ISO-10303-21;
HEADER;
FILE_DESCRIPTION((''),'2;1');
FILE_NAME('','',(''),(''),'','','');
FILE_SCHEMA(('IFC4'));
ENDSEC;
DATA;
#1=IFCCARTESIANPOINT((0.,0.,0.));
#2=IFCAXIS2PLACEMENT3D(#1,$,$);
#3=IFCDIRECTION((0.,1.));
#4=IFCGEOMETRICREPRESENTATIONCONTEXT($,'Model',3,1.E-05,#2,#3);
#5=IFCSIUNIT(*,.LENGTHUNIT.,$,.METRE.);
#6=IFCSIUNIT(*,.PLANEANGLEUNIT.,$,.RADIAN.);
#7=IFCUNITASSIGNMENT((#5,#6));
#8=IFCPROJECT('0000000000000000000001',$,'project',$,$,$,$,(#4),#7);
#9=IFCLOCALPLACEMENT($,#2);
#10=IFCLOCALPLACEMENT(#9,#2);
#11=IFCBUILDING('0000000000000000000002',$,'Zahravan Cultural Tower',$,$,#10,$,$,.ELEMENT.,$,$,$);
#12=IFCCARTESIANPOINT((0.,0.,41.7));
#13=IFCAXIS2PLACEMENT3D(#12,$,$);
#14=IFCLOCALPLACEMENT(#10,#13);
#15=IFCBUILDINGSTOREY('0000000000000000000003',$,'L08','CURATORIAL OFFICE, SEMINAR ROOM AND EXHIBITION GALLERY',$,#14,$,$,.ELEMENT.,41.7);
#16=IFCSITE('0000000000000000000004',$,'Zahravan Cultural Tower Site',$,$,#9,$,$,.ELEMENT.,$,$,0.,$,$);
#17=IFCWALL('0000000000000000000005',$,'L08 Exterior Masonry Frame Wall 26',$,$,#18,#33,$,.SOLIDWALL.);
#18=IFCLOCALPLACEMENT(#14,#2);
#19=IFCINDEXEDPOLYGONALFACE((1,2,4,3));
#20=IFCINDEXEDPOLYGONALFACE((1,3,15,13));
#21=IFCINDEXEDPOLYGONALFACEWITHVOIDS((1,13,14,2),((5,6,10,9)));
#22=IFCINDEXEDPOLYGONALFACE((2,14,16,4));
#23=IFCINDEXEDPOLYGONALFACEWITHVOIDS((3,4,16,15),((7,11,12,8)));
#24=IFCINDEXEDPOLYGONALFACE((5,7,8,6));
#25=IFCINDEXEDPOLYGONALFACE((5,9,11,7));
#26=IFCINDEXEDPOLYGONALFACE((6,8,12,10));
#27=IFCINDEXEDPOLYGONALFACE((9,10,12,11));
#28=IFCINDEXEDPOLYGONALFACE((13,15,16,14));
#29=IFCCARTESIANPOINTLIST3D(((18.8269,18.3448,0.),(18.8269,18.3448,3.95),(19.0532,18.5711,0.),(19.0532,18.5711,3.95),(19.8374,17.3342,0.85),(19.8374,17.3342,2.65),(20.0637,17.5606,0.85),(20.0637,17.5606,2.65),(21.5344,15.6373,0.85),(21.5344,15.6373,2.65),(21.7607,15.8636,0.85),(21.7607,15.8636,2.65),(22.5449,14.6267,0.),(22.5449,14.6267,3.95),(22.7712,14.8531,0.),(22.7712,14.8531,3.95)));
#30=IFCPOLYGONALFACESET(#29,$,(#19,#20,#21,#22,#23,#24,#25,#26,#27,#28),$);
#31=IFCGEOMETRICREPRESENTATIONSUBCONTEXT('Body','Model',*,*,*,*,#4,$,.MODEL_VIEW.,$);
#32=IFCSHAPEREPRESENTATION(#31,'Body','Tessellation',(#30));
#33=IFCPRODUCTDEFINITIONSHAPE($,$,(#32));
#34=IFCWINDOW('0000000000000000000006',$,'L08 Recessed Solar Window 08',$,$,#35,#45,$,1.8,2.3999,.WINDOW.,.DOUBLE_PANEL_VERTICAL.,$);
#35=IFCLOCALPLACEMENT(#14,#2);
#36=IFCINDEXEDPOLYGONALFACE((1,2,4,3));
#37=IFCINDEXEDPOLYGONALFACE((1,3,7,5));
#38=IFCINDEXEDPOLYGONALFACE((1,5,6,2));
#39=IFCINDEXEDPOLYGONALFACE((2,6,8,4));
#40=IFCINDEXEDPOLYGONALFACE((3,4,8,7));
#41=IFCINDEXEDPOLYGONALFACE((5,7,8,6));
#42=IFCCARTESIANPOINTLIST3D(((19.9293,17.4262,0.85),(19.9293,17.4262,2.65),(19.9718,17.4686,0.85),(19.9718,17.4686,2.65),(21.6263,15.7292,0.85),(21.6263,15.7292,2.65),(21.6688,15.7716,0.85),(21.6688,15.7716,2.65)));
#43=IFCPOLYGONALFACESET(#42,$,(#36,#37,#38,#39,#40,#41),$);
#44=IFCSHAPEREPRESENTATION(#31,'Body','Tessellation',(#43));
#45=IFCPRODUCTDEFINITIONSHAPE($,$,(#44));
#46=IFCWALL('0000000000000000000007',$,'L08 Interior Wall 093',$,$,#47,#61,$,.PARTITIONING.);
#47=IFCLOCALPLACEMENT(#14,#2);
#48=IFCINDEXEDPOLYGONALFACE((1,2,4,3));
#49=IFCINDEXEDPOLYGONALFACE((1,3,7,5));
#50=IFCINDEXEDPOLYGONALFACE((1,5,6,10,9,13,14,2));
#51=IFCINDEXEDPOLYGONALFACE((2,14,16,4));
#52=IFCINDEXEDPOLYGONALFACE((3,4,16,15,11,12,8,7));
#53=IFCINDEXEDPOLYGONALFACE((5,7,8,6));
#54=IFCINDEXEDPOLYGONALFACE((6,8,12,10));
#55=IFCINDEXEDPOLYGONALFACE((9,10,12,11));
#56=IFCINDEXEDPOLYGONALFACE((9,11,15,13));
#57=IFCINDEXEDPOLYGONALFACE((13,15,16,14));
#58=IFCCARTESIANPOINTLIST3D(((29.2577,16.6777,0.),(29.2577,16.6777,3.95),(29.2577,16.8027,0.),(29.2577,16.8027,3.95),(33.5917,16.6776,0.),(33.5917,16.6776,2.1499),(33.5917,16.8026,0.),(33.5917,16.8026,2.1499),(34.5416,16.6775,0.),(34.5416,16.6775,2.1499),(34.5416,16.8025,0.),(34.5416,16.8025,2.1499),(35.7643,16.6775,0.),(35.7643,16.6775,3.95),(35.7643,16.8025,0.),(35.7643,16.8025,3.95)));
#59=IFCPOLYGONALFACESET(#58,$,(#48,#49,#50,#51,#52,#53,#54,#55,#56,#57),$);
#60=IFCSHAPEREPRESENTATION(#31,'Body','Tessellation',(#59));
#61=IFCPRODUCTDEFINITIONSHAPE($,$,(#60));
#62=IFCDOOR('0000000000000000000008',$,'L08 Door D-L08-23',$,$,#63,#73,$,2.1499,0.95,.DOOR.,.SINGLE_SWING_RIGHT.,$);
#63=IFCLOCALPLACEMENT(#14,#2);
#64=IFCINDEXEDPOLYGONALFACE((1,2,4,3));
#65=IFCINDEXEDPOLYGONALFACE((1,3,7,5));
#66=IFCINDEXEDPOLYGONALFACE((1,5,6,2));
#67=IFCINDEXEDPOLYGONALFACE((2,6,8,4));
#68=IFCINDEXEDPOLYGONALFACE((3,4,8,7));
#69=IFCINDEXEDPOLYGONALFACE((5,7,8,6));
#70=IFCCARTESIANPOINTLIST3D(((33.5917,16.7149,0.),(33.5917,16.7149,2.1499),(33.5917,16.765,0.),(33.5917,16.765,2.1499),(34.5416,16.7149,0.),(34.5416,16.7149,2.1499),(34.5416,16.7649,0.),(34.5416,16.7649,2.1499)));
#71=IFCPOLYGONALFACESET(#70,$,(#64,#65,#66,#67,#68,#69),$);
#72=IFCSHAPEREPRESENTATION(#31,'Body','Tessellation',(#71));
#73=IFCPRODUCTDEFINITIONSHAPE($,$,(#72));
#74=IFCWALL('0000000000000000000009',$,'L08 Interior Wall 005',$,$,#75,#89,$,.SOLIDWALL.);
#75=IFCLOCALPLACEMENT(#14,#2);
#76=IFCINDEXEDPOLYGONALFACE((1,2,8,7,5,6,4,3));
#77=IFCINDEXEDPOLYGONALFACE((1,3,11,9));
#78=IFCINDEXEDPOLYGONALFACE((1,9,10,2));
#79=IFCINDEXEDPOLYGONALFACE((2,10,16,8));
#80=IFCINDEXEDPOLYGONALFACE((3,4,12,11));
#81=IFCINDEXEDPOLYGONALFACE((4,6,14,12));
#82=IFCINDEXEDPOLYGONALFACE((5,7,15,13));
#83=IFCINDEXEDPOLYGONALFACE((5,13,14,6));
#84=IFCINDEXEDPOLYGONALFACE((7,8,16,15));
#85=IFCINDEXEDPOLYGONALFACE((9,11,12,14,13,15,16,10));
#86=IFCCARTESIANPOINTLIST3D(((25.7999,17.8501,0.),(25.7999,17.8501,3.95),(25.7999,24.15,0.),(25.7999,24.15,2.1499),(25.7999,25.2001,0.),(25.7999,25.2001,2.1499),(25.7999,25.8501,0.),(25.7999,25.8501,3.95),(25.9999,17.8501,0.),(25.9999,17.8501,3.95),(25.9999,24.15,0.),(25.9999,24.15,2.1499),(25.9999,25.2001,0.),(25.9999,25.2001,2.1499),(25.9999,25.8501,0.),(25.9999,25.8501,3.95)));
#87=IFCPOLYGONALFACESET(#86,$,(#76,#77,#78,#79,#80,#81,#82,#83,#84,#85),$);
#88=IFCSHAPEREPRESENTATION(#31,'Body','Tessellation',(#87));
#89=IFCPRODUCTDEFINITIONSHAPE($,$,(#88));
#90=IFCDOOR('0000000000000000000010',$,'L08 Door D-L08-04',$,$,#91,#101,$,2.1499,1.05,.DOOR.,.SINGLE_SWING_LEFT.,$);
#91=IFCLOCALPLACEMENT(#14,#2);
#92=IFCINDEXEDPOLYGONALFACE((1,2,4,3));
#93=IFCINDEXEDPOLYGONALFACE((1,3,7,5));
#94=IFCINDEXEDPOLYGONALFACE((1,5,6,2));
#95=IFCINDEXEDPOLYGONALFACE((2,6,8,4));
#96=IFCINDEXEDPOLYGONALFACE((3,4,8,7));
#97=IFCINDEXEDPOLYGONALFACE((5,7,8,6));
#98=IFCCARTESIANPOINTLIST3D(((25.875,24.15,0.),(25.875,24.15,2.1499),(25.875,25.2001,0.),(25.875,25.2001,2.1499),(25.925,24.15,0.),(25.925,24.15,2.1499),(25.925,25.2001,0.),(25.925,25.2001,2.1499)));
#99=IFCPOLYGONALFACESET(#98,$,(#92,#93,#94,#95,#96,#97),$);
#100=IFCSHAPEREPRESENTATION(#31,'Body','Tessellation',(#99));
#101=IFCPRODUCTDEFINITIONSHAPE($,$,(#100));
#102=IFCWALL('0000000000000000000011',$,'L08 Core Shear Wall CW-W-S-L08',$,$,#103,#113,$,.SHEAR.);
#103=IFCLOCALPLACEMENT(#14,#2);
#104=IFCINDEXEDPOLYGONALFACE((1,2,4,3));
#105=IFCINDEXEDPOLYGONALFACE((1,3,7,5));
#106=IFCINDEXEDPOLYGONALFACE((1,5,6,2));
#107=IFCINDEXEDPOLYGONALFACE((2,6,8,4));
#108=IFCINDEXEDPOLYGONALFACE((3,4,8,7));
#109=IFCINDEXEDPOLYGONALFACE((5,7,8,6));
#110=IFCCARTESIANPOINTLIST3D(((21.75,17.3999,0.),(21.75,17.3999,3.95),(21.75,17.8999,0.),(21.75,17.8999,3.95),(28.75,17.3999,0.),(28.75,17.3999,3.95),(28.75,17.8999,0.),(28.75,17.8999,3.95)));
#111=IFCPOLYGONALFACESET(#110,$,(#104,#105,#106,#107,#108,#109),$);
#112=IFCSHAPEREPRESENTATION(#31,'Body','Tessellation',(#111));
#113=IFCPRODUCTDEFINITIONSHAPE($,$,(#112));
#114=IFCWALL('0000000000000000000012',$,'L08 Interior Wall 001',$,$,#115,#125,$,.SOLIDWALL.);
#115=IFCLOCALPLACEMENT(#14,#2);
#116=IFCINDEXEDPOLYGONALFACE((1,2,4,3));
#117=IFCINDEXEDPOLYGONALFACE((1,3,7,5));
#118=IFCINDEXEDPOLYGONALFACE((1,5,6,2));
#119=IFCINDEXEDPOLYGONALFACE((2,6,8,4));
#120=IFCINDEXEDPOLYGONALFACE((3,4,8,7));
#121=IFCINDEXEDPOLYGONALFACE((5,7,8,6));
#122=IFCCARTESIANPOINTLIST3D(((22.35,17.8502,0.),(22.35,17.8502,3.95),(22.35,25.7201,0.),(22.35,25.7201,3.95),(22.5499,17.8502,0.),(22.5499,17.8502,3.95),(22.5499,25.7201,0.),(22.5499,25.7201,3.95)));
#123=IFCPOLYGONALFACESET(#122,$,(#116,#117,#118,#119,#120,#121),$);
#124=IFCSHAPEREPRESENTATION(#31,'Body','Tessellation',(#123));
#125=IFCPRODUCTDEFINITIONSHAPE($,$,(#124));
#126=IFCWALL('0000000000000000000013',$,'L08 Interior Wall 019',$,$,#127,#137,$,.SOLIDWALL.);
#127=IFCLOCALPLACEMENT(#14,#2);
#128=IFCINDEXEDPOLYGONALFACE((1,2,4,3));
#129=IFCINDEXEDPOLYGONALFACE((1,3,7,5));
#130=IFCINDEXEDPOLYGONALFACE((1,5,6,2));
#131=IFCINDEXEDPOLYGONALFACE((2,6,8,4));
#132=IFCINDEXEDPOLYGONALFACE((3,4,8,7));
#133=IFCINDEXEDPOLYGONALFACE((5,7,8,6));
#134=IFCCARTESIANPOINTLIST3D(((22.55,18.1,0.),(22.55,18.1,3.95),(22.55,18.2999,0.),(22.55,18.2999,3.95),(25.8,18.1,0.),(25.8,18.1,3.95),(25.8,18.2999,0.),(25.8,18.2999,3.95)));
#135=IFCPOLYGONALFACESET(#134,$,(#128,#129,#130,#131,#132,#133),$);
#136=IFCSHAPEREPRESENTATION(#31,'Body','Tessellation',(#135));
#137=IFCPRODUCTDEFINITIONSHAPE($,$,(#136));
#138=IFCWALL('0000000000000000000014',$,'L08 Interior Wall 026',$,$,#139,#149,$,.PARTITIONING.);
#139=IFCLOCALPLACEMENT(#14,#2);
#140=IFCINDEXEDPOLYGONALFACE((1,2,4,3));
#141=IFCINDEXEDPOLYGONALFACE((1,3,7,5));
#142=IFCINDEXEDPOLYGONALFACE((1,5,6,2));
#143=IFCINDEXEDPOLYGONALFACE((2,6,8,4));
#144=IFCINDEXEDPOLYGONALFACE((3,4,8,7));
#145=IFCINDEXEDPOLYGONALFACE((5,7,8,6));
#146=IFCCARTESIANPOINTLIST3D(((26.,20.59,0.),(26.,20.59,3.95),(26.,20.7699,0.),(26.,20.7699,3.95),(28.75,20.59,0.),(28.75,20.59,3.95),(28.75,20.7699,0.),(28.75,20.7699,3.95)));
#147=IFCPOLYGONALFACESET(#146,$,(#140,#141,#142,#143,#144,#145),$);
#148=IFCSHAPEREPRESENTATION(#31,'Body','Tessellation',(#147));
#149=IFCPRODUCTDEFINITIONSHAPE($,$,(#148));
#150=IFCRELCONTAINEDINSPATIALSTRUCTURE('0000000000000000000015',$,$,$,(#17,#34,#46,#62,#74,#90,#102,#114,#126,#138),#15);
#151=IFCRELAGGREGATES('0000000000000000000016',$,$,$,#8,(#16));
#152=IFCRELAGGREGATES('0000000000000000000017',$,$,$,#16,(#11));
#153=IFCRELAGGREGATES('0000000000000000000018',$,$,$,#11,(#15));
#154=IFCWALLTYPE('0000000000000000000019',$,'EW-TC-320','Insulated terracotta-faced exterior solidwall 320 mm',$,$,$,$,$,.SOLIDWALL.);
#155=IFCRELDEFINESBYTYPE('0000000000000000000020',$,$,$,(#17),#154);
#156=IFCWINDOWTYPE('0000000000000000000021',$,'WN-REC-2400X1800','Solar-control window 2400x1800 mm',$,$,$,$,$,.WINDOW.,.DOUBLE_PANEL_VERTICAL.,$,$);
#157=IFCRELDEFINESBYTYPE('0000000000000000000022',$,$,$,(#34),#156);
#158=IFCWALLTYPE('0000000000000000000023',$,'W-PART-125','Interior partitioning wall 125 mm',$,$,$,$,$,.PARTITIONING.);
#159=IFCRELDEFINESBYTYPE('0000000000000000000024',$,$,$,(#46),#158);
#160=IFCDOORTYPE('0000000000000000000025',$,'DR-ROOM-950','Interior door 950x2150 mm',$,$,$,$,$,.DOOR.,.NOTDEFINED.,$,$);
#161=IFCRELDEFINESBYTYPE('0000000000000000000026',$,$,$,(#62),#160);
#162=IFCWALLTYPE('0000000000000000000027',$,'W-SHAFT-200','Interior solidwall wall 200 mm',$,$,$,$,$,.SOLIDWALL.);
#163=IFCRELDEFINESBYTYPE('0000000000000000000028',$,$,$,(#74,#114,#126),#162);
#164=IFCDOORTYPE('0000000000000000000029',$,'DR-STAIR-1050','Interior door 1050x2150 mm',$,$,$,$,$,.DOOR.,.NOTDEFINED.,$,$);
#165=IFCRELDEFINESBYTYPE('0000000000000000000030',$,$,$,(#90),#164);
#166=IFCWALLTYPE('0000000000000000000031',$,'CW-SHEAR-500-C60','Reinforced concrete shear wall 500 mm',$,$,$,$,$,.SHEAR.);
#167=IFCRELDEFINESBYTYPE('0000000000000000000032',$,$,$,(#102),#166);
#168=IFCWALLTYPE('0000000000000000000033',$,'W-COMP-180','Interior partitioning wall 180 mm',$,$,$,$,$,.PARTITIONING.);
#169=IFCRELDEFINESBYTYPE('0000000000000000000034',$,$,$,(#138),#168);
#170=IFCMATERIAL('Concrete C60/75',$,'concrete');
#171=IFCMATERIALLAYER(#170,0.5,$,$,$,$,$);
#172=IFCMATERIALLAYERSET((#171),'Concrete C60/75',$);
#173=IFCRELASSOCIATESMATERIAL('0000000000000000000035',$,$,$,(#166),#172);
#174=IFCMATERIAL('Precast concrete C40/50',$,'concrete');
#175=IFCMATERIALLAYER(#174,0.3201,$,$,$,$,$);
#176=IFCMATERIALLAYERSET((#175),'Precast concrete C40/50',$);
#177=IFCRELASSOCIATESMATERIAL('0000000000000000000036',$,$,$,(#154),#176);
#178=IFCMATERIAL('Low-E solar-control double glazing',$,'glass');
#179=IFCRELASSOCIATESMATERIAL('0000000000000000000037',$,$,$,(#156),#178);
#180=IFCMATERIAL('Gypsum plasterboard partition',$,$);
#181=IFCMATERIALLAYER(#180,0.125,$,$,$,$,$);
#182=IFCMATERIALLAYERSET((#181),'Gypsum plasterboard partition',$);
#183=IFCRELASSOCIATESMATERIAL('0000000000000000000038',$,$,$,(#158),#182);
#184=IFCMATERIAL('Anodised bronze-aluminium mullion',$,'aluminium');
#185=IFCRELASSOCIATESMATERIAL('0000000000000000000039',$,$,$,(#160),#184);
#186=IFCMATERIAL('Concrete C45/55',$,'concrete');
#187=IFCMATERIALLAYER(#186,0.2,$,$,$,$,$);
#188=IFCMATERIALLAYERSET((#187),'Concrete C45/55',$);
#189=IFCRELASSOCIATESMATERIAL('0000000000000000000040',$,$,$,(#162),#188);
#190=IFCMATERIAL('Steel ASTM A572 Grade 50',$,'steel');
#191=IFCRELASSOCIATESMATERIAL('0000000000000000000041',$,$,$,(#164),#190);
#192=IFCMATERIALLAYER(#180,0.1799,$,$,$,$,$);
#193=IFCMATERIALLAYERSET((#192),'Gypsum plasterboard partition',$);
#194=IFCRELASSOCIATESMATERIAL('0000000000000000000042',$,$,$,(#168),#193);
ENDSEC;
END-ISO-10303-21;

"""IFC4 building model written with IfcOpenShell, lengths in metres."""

from ifc_helpers import new_model, si_unit, direction, frame, frame_2d, origin, place, context, subcontext, project, spatial, rectangle, extrude, source, transform, mapped, material, layer, layer_set, type_object, element, fill, save


model = new_model("IFC4")

# Units and contexts
model_context = context("Model", 3, precision=1e-05, world=origin(), true_north=direction((0.0, 1.0)))
body_context = subcontext(model_context, "Body", "Model", "MODEL_VIEW")
ifc_project = project(units=[si_unit("LENGTHUNIT", "METRE"), si_unit("PLANEANGLEUNIT", "RADIAN")], contexts=[model_context])

# Site, building, storey
site_placement = place(None, origin())
site = spatial("IfcSite", under=ifc_project, at=site_placement, Name="Zahravan Cultural Tower Site", CompositionType="ELEMENT", RefElevation=0.0)
building_placement = place(site_placement, origin())
building = spatial("IfcBuilding", under=site, at=building_placement, Name="Zahravan Cultural Tower", CompositionType="ELEMENT")
storey_placement = place(building_placement, frame((0.0, 0.0, 41.7)))
storey = spatial("IfcBuildingStorey", under=building, at=storey_placement, Name="L08", Description="CURATORIAL OFFICE, SEMINAR ROOM AND EXHIBITION GALLERY", CompositionType="ELEMENT", Elevation=41.7)

# Shared definitions
ifc_material_1 = material(Name="Concrete C60/75", Category="concrete")

# Shared definitions
ifc_material_2 = material(Name="Anodised bronze-aluminium mullion", Category="aluminium")
ifc_material_3 = material(Name="Low-E solar-control double glazing", Category="glass")

# Shared definitions
ifc_layer_1 = layer(ifc_material_1, 0.5)
ifc_layer_set_1 = layer_set([ifc_layer_1], Name="Concrete C60/75")
wall_type_1 = type_object("IfcWallType", Name="CW-SHEAR-500-C60", Description="Reinforced concrete shear wall 500 mm", PredefinedType="SHEAR", material=ifc_layer_set_1)
ifc_material_4 = material(Name="Steel ASTM A572 Grade 50", Category="steel")

# Wall, opening, window
ifc_material_5 = material(Name="Precast concrete C40/50", Category="concrete")
ifc_layer_2 = layer(ifc_material_5, 0.3201)
ifc_layer_set_2 = layer_set([ifc_layer_2], Name="Precast concrete C40/50")
wall_type_2 = type_object("IfcWallType", Name="EW-TC-320", Description="Insulated terracotta-faced exterior solidwall 320 mm", PredefinedType="SOLIDWALL", material=ifc_layer_set_2)
window_type = type_object("IfcWindowType", Name="WN-REC-2400X1800", Description="Solar-control window 2400x1800 mm", PartitioningType="DOUBLE_PANEL_VERTICAL", PredefinedType="WINDOW", material=ifc_material_3)
shared_shape_1 = source(origin(), body_context, "Body", "SweptSolid", [
    extrude(rectangle(XDim=2.3999, YDim=1.8, at=frame_2d((1.2, 0.8999))), frame((0.0, 0.03, 0.0), z_axis=(0.0, -1.0, 0.0), x_axis=(1.0, 0.0, 0.0)), (0.0, 0.0, 1.0), 0.0601),
])
wall_1_placement = place(storey_placement, frame((22.658, 14.74, 0.0), z_axis=(0.0, 0.0, 1.0), x_axis=(-0.707107, 0.707107, 0.0)))
wall_1 = element("IfcWall", 1, at=wall_1_placement, inside=storey, type_object=wall_type_2, Name="L08 Exterior Masonry Frame Wall 26", PredefinedType="SOLIDWALL", context=body_context, shape_type="SweptSolid", body=[
    extrude(rectangle(XDim=5.2581, YDim=0.3201, at=frame_2d((2.6289, 0.0))), origin(), (0.0, 0.0, 1.0), 3.95),
])
opening_1_placement = place(wall_1_placement, frame((1.429, 0.0, 0.8501)))
opening_1 = element("IfcOpeningElement", 2, at=opening_1_placement, cuts=wall_1, PredefinedType="OPENING", context=body_context, shape_type="SweptSolid", body=[
    extrude(rectangle(XDim=2.3999, YDim=1.8, at=frame_2d((1.2, 0.8999))), frame((0.0, 0.1699, 0.0), z_axis=(0.0, -1.0, 0.0), x_axis=(1.0, 0.0, 0.0)), (0.0, 0.0, 1.0), 0.3401),
])
window_1_placement = place(opening_1_placement, origin())
window_1 = element("IfcWindow", 3, at=window_1_placement, inside=storey, type_object=window_type, Name="L08 Recessed Solar Window 08", OverallHeight=1.8, OverallWidth=2.3999, PartitioningType="DOUBLE_PANEL_VERTICAL", PredefinedType="WINDOW", context=body_context, shape_type="MappedRepresentation", body=[
    mapped(shared_shape_1, transform((0.0, 0.0, 0.0), x_axis=(1.0, 0.0, 0.0), y_axis=(0.0, 1.0, 0.0), z_axis=(0.0, 0.0, 1.0), scale=1.0)),
])
fill(opening_1, window_1)

# Walls, openings, doors
ifc_material_6 = material(Name="Gypsum plasterboard partition")
ifc_layer_3 = layer(ifc_material_6, 0.125)
ifc_layer_set_3 = layer_set([ifc_layer_3], Name="Gypsum plasterboard partition")
wall_type_3 = type_object("IfcWallType", Name="W-PART-125", Description="Interior partitioning wall 125 mm", PredefinedType="PARTITIONING", material=ifc_layer_set_3)
wall_2_placement = place(storey_placement, frame((29.2576, 16.7402, 0.0), z_axis=(0.0, 0.0, 1.0), x_axis=(1.0, -0.000038, 0.0)))
wall_2 = element("IfcWall", 4, at=wall_2_placement, inside=storey, type_object=wall_type_3, Name="L08 Interior Wall 093", PredefinedType="PARTITIONING", context=body_context, shape_type="SweptSolid", body=[
    extrude(rectangle(XDim=6.5066, YDim=0.125, at=frame_2d((3.2534, 0.0))), origin(), (0.0, 0.0, 1.0), 3.95),
])
opening_2_placement = place(wall_2_placement, frame((4.334, 0.0, 0.0)))
opening_2 = element("IfcOpeningElement", 5, at=opening_2_placement, cuts=wall_2, PredefinedType="OPENING", context=body_context, shape_type="SweptSolid", body=[
    extrude(rectangle(XDim=0.95, YDim=2.1499, at=frame_2d((0.4751, 1.075))), frame((0.0, 0.0725, 0.0), z_axis=(0.0, -1.0, 0.0), x_axis=(1.0, 0.0, 0.0)), (0.0, 0.0, 1.0), 0.145),
])
door_type_1 = type_object("IfcDoorType", Name="DR-ROOM-950", Description="Interior door 950x2150 mm", OperationType="NOTDEFINED", PredefinedType="DOOR", material=ifc_material_2)
shared_shape_2 = source(origin(), body_context, "Body", "SweptSolid", [
    extrude(rectangle(XDim=0.95, YDim=2.1499, at=frame_2d((0.4751, 1.075))), frame((0.0, 0.0249, 0.0), z_axis=(0.0, -1.0, 0.0), x_axis=(1.0, 0.0, 0.0)), (0.0, 0.0, 1.0), 0.05),
])
door_1_placement = place(opening_2_placement, origin())
door_1 = element("IfcDoor", 6, at=door_1_placement, inside=storey, type_object=door_type_1, Name="L08 Door D-L08-23", OperationType="SINGLE_SWING_RIGHT", OverallHeight=2.1499, OverallWidth=0.95, PredefinedType="DOOR", context=body_context, shape_type="MappedRepresentation", body=[
    mapped(shared_shape_2, transform((0.0, 0.0, 0.0), x_axis=(1.0, 0.0, 0.0), y_axis=(0.0, 1.0, 0.0), z_axis=(0.0, 0.0, 1.0), scale=1.0)),
])
fill(opening_2, door_1)
ifc_material_7 = material(Name="Concrete C45/55", Category="concrete")
ifc_layer_4 = layer(ifc_material_7, 0.2)
ifc_layer_set_4 = layer_set([ifc_layer_4], Name="Concrete C45/55")
wall_type_4 = type_object("IfcWallType", Name="W-SHAFT-200", Description="Interior solidwall wall 200 mm", PredefinedType="SOLIDWALL", material=ifc_layer_set_4)
wall_3_placement = place(storey_placement, frame((25.8999, 17.8501, 0.0), z_axis=(0.0, 0.0, 1.0), x_axis=(0.0, 1.0, 0.0)))
wall_3 = element("IfcWall", 7, at=wall_3_placement, inside=storey, type_object=wall_type_4, Name="L08 Interior Wall 005", PredefinedType="SOLIDWALL", context=body_context, shape_type="SweptSolid", body=[
    extrude(rectangle(XDim=8.0, YDim=0.2, at=frame_2d((4.0, 0.0))), origin(), (0.0, 0.0, 1.0), 3.95),
])
opening_3_placement = place(wall_3_placement, frame((6.3, 0.0, 0.0)))
opening_3 = element("IfcOpeningElement", 8, at=opening_3_placement, cuts=wall_3, PredefinedType="OPENING", context=body_context, shape_type="SweptSolid", body=[
    extrude(rectangle(XDim=1.05, YDim=2.1499, at=frame_2d((0.5249, 1.075))), frame((0.0, 0.1099, 0.0), z_axis=(0.0, -1.0, 0.0), x_axis=(1.0, 0.0, 0.0)), (0.0, 0.0, 1.0), 0.22),
])
door_type_2 = type_object("IfcDoorType", Name="DR-STAIR-1050", Description="Interior door 1050x2150 mm", OperationType="NOTDEFINED", PredefinedType="DOOR", material=ifc_material_4)
shared_shape_3 = source(origin(), body_context, "Body", "SweptSolid", [
    extrude(rectangle(XDim=1.05, YDim=2.1499, at=frame_2d((0.5249, 1.075))), frame((0.0, 0.0249, 0.0), z_axis=(0.0, -1.0, 0.0), x_axis=(1.0, 0.0, 0.0)), (0.0, 0.0, 1.0), 0.05),
])
door_2_placement = place(opening_3_placement, origin())
door_2 = element("IfcDoor", 9, at=door_2_placement, inside=storey, type_object=door_type_2, Name="L08 Door D-L08-04", OperationType="SINGLE_SWING_LEFT", OverallHeight=2.1499, OverallWidth=1.05, PredefinedType="DOOR", context=body_context, shape_type="MappedRepresentation", body=[
    mapped(shared_shape_3, transform((0.0, 0.0, 0.0), x_axis=(1.0, 0.0, 0.0), y_axis=(0.0, 1.0, 0.0), z_axis=(0.0, 0.0, 1.0), scale=1.0)),
])
fill(opening_3, door_2)

# Walls
shared_shape_4 = source(origin(), body_context, "Body", "SweptSolid", [
    extrude(rectangle(XDim=7.0, YDim=0.5, at=frame_2d((3.5, 0.0))), origin(), (0.0, 0.0, 1.0), 3.95),
])
wall_4_placement = place(storey_placement, frame((21.75, 17.6499, 0.0), z_axis=(0.0, 0.0, 1.0), x_axis=(1.0, 0.0, 0.0)))
element("IfcWall", 10, at=wall_4_placement, inside=storey, type_object=wall_type_1, Name="L08 Core Shear Wall CW-W-S-L08", PredefinedType="SHEAR", context=body_context, shape_type="MappedRepresentation", body=[
    mapped(shared_shape_4, transform((0.0, 0.0, 0.0), x_axis=(1.0, 0.0, 0.0), y_axis=(0.0, 1.0, 0.0), z_axis=(0.0, 0.0, 1.0), scale=1.0)),
])
shared_shape_5 = source(origin(), body_context, "Body", "SweptSolid", [
    extrude(rectangle(XDim=7.8699, YDim=0.2, at=frame_2d((3.9351, 0.0))), origin(), (0.0, 0.0, 1.0), 3.95),
])
wall_5_placement = place(storey_placement, frame((22.45, 17.8501, 0.0), z_axis=(0.0, 0.0, 1.0), x_axis=(0.0, 1.0, 0.0)))
element("IfcWall", 11, at=wall_5_placement, inside=storey, type_object=wall_type_4, Name="L08 Interior Wall 001", PredefinedType="SOLIDWALL", context=body_context, shape_type="MappedRepresentation", body=[
    mapped(shared_shape_5, transform((0.0, 0.0, 0.0), x_axis=(1.0, 0.0, 0.0), y_axis=(0.0, 1.0, 0.0), z_axis=(0.0, 0.0, 1.0), scale=1.0)),
])
shared_shape_6 = source(origin(), body_context, "Body", "SweptSolid", [
    extrude(rectangle(XDim=3.25, YDim=0.2, at=frame_2d((1.625, 0.0))), origin(), (0.0, 0.0, 1.0), 3.95),
])
wall_6_placement = place(storey_placement, frame((22.55, 18.2, 0.0), z_axis=(0.0, 0.0, 1.0), x_axis=(1.0, 0.0, 0.0)))
element("IfcWall", 12, at=wall_6_placement, inside=storey, type_object=wall_type_4, Name="L08 Interior Wall 019", PredefinedType="SOLIDWALL", context=body_context, shape_type="MappedRepresentation", body=[
    mapped(shared_shape_6, transform((0.0, 0.0, 0.0), x_axis=(1.0, 0.0, 0.0), y_axis=(0.0, 1.0, 0.0), z_axis=(0.0, 0.0, 1.0), scale=1.0)),
])
ifc_layer_5 = layer(ifc_material_6, 0.1799)
ifc_layer_set_5 = layer_set([ifc_layer_5], Name="Gypsum plasterboard partition")
wall_type_5 = type_object("IfcWallType", Name="W-COMP-180", Description="Interior partitioning wall 180 mm", PredefinedType="PARTITIONING", material=ifc_layer_set_5)
shared_shape_7 = source(origin(), body_context, "Body", "SweptSolid", [
    extrude(rectangle(XDim=2.75, YDim=0.1799, at=frame_2d((1.375, 0.0))), origin(), (0.0, 0.0, 1.0), 3.95),
])
wall_7_placement = place(storey_placement, frame((26.0, 20.6799, 0.0), z_axis=(0.0, 0.0, 1.0), x_axis=(1.0, 0.0, 0.0)))
element("IfcWall", 13, at=wall_7_placement, inside=storey, type_object=wall_type_5, Name="L08 Interior Wall 026", PredefinedType="PARTITIONING", context=body_context, shape_type="MappedRepresentation", body=[
    mapped(shared_shape_7, transform((0.0, 0.0, 0.0), x_axis=(1.0, 0.0, 0.0), y_axis=(0.0, 1.0, 0.0), z_axis=(0.0, 0.0, 1.0), scale=1.0)),
])

save(model, "model.ifc")
